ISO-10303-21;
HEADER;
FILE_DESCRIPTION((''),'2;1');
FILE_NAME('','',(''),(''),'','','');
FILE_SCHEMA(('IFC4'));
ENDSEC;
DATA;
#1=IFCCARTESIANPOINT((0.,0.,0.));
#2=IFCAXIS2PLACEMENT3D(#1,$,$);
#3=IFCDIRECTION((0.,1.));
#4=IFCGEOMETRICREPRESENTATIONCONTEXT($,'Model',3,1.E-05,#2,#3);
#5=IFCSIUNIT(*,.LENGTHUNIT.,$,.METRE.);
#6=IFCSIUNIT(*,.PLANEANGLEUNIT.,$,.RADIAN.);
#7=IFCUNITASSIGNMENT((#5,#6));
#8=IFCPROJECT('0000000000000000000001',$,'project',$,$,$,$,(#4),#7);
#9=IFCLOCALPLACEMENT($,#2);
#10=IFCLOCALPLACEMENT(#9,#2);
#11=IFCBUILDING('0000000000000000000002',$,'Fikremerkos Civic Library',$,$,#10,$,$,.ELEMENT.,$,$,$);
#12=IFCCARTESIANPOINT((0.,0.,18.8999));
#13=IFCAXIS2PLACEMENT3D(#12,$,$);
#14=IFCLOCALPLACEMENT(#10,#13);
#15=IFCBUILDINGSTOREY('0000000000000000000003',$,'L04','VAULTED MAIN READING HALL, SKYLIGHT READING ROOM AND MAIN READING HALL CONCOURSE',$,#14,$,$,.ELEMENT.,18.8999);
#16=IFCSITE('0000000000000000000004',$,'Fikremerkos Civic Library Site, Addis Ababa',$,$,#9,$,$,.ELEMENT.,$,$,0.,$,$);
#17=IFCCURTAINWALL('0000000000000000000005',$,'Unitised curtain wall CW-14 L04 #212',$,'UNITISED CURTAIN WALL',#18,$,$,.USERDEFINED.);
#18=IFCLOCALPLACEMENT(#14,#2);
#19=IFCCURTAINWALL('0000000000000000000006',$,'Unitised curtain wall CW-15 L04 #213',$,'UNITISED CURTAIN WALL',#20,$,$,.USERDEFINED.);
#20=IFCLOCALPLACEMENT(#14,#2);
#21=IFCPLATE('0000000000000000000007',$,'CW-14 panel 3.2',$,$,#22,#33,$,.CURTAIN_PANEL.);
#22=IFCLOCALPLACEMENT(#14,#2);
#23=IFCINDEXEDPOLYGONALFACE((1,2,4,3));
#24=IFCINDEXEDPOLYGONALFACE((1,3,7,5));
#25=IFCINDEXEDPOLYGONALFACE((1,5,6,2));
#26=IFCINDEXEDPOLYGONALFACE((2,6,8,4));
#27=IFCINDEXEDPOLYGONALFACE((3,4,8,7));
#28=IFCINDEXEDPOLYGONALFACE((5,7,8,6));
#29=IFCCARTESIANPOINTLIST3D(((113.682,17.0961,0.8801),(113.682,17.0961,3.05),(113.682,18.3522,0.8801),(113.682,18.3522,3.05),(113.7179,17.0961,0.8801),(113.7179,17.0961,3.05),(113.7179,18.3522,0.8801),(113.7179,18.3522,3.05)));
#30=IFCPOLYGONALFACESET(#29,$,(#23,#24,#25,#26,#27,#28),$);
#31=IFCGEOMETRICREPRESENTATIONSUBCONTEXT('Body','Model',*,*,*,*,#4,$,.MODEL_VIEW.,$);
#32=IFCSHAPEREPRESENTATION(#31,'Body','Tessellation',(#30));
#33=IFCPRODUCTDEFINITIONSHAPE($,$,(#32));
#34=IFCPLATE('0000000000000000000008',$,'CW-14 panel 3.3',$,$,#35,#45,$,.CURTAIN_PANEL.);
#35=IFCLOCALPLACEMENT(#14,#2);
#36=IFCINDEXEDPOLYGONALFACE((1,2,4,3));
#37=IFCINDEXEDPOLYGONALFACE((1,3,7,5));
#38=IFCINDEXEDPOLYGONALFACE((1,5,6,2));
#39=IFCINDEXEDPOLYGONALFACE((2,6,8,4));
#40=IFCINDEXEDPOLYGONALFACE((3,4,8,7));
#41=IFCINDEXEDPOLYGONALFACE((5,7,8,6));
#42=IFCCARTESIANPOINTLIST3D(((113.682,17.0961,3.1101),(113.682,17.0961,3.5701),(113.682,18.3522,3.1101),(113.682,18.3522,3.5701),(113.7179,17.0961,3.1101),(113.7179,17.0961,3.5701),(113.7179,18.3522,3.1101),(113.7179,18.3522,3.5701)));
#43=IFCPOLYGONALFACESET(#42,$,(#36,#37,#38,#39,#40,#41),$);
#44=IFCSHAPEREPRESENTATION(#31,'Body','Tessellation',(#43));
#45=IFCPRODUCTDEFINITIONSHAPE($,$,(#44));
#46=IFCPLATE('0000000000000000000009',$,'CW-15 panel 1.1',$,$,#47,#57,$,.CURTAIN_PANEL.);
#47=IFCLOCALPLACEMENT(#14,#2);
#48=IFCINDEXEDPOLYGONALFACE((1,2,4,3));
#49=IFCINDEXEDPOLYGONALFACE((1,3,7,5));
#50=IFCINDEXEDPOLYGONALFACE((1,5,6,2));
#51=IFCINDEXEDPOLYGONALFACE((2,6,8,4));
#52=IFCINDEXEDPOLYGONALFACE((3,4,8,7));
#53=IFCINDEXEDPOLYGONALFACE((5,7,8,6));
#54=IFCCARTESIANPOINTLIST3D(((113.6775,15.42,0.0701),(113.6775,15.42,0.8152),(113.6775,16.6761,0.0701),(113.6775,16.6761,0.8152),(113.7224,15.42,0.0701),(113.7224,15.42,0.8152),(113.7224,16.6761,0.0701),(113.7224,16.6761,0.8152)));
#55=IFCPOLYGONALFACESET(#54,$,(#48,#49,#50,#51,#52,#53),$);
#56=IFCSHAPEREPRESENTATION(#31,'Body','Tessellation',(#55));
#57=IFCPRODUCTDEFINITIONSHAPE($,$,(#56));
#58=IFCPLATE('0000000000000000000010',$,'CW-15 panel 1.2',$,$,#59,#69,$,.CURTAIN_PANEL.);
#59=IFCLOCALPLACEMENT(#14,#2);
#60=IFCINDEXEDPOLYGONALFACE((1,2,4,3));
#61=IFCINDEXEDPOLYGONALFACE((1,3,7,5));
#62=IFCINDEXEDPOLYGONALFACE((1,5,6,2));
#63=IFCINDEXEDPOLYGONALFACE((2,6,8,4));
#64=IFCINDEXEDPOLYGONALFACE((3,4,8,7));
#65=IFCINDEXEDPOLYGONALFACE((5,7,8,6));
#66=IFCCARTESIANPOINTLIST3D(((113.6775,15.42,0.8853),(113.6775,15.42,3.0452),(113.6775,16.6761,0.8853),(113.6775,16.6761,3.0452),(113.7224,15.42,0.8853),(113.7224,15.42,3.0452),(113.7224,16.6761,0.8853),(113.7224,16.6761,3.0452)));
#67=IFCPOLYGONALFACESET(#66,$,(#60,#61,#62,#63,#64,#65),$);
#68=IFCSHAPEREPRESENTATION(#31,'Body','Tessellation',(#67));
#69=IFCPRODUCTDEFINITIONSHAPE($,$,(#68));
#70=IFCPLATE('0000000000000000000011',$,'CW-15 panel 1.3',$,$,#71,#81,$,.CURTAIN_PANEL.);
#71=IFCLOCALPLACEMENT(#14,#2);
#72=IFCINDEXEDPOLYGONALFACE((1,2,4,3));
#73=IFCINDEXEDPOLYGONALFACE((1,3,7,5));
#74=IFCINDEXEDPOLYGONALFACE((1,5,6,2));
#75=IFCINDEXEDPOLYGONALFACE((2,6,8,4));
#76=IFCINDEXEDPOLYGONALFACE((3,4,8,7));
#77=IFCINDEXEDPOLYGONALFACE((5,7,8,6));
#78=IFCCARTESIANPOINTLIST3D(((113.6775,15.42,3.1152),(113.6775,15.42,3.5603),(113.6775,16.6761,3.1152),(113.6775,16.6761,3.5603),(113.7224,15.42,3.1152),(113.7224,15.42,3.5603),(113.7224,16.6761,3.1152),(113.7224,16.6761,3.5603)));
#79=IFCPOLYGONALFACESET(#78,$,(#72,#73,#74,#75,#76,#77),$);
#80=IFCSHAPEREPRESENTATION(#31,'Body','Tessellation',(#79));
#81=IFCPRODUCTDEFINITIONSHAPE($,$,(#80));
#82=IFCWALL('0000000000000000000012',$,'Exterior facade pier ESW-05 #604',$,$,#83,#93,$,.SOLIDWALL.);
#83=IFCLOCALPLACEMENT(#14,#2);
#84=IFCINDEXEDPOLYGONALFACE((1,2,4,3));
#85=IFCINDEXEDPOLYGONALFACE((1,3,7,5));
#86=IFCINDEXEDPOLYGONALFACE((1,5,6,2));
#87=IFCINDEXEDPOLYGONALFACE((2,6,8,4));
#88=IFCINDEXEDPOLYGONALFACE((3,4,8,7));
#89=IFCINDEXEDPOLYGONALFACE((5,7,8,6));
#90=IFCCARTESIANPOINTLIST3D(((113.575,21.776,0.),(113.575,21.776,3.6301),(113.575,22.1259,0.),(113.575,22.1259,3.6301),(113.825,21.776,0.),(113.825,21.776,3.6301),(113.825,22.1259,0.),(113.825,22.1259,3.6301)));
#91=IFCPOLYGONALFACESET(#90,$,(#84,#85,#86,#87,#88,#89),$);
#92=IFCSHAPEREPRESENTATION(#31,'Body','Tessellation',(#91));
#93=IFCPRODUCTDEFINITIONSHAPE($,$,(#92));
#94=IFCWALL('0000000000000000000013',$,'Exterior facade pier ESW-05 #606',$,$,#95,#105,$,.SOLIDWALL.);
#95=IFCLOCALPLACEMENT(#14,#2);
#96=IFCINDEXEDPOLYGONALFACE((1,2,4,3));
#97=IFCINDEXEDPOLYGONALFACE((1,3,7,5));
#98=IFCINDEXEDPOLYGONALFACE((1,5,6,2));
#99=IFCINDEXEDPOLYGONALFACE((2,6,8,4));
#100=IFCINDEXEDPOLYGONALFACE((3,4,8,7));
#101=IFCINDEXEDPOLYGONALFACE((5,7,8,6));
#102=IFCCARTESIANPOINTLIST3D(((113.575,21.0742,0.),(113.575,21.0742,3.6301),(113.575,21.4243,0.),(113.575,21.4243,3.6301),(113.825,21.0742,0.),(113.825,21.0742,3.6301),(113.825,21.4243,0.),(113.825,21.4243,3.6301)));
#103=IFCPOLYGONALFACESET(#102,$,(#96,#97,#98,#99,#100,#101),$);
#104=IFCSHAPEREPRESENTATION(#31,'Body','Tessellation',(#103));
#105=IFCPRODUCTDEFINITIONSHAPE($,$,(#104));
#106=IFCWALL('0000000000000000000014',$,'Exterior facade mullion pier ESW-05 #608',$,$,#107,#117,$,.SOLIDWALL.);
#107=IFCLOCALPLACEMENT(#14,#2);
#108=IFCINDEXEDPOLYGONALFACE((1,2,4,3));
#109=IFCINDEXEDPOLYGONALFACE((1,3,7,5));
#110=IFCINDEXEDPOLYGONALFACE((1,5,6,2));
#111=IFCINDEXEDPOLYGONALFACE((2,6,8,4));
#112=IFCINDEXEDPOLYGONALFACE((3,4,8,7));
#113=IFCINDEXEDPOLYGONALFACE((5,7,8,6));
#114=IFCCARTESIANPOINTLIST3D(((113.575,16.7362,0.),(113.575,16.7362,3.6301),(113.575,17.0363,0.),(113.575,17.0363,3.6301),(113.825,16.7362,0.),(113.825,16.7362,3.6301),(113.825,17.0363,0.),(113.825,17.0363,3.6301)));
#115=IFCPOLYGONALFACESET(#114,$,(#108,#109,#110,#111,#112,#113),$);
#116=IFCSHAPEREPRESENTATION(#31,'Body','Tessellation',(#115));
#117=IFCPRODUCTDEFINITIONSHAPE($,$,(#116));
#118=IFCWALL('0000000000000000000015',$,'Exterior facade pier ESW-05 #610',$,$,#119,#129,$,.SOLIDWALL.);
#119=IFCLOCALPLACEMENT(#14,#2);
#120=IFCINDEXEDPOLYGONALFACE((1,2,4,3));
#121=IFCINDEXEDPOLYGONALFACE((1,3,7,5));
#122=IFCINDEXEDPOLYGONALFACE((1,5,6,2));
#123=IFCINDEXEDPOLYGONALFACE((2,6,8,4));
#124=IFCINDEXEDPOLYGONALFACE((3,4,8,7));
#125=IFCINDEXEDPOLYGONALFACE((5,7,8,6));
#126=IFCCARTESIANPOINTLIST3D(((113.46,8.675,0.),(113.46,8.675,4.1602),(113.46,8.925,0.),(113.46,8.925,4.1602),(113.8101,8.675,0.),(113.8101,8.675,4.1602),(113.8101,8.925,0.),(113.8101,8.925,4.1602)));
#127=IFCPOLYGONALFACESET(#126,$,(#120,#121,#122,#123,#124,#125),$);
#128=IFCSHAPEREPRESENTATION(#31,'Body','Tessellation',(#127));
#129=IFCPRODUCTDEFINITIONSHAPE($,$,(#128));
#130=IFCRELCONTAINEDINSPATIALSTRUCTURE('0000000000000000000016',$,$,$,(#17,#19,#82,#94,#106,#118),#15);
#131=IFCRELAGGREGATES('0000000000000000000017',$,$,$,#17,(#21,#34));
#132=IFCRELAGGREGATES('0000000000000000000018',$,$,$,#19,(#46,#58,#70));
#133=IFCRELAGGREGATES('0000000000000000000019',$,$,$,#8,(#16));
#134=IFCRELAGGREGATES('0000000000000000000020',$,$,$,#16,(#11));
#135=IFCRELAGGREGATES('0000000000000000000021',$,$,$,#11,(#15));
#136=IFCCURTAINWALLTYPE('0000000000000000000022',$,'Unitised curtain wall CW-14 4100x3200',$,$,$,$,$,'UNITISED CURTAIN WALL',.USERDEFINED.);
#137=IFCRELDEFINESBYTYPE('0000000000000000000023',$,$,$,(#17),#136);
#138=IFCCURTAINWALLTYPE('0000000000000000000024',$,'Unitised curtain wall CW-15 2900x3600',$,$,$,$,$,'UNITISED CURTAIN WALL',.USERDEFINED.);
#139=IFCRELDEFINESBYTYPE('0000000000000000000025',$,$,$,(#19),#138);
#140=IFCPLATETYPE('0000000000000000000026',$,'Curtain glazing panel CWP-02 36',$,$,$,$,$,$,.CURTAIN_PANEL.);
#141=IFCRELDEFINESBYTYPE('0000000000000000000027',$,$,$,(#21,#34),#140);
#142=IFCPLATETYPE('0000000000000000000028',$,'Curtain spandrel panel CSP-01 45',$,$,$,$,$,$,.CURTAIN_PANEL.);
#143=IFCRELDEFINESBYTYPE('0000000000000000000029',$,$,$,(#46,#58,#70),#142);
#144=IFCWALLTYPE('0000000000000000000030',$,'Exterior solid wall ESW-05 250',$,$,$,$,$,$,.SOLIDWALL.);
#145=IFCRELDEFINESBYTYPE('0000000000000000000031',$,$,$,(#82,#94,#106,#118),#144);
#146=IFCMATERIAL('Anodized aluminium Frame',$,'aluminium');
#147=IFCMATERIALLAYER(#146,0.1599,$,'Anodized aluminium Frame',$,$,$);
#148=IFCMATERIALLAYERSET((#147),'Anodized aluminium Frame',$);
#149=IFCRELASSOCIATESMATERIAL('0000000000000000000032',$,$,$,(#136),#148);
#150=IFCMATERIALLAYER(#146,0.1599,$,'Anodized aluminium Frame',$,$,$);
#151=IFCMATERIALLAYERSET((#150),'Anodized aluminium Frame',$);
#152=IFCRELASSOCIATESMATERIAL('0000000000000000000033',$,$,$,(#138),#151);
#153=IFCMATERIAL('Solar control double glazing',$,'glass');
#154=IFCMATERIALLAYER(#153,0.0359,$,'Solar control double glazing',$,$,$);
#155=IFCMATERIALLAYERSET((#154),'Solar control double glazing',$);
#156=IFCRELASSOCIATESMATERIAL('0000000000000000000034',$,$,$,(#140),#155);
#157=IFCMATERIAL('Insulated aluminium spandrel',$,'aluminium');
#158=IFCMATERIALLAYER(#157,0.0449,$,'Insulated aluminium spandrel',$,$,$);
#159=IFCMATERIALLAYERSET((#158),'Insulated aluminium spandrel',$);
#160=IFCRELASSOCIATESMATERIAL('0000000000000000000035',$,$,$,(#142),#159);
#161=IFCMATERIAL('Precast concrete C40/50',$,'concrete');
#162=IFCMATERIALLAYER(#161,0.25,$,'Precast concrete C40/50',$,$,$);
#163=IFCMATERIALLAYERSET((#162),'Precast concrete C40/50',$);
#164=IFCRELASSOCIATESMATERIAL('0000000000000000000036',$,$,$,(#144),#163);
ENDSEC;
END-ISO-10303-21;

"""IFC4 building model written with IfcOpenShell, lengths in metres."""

from ifc_helpers import new_model, si_unit, direction, frame, frame_2d, origin, origin_2d, place, context, subcontext, project, spatial, rectangle, extrude, material, layer, layer_set, type_object, element, aggregate, save


model = new_model("IFC4")

# Units and contexts
model_context = context("Model", 3, precision=1e-05, world=origin(), true_north=direction((0.0, 1.0)))
body_context = subcontext(model_context, "Body", "Model", "MODEL_VIEW")
ifc_project = project(units=[si_unit("LENGTHUNIT", "METRE"), si_unit("PLANEANGLEUNIT", "RADIAN")], contexts=[model_context])

# Site, building, storey
site_placement = place(None, origin())
site = spatial("IfcSite", under=ifc_project, at=site_placement, Name="Fikremerkos Civic Library Site, Addis Ababa", CompositionType="ELEMENT", RefElevation=0.0)
building_placement = place(site_placement, origin())
building = spatial("IfcBuilding", under=site, at=building_placement, Name="Fikremerkos Civic Library", CompositionType="ELEMENT")
storey_placement = place(building_placement, frame((0.0, 0.0, 18.8999)))
storey = spatial("IfcBuildingStorey", under=building, at=storey_placement, Name="L04", Description="VAULTED MAIN READING HALL, SKYLIGHT READING ROOM AND MAIN READING HALL CONCOURSE", CompositionType="ELEMENT", Elevation=18.8999)

# Curtain wall
ifc_material_1 = material(Name="Anodized aluminium Frame", Category="aluminium")
ifc_layer_1 = layer(ifc_material_1, 0.1599, Name="Anodized aluminium Frame")
ifc_layer_set_1 = layer_set([ifc_layer_1], Name="Anodized aluminium Frame")
curtain_wall_type_1 = type_object("IfcCurtainWallType", Name="Unitised curtain wall CW-14 4100x3200", ElementType="UNITISED CURTAIN WALL", PredefinedType="USERDEFINED", material=ifc_layer_set_1)
curtain_wall_1_placement = place(storey_placement, origin())
curtain_wall_1 = element("IfcCurtainWall", 1, at=curtain_wall_1_placement, inside=storey, type_object=curtain_wall_type_1, Name="Unitised curtain wall CW-14 L04 #212", ObjectType="UNITISED CURTAIN WALL", PredefinedType="USERDEFINED")

# Curtain wall
ifc_layer_2 = layer(ifc_material_1, 0.1599, Name="Anodized aluminium Frame")
ifc_layer_set_2 = layer_set([ifc_layer_2], Name="Anodized aluminium Frame")
curtain_wall_type_2 = type_object("IfcCurtainWallType", Name="Unitised curtain wall CW-15 2900x3600", ElementType="UNITISED CURTAIN WALL", PredefinedType="USERDEFINED", material=ifc_layer_set_2)
curtain_wall_2_placement = place(storey_placement, origin())
curtain_wall_2 = element("IfcCurtainWall", 2, at=curtain_wall_2_placement, inside=storey, type_object=curtain_wall_type_2, Name="Unitised curtain wall CW-15 L04 #213", ObjectType="UNITISED CURTAIN WALL", PredefinedType="USERDEFINED")

# Plates
ifc_material_2 = material(Name="Solar control double glazing", Category="glass")
ifc_layer_3 = layer(ifc_material_2, 0.0359, Name="Solar control double glazing")
ifc_layer_set_3 = layer_set([ifc_layer_3], Name="Solar control double glazing")
plate_type_1 = type_object("IfcPlateType", Name="Curtain glazing panel CWP-02 36", PredefinedType="CURTAIN_PANEL", material=ifc_layer_set_3)
plate_1_placement = place(storey_placement, frame((113.7, 17.7241, 0.8801), z_axis=(0.0, 0.0, 1.0), x_axis=(0.0, -1.0, 0.0)))
plate_1 = element("IfcPlate", 3, at=plate_1_placement, type_object=plate_type_1, Name="CW-14 panel 3.2", PredefinedType="CURTAIN_PANEL", context=body_context, shape_type="SweptSolid", body=[
    extrude(rectangle(XDim=1.2561, YDim=0.0359, at=origin_2d()), origin(), (0.0, 0.0, 1.0), 2.1699),
])
plate_2_placement = place(storey_placement, frame((113.7, 17.7241, 3.1101), z_axis=(0.0, 0.0, 1.0), x_axis=(0.0, -1.0, 0.0)))
plate_2 = element("IfcPlate", 4, at=plate_2_placement, type_object=plate_type_1, Name="CW-14 panel 3.3", PredefinedType="CURTAIN_PANEL", context=body_context, shape_type="SweptSolid", body=[
    extrude(rectangle(XDim=1.2561, YDim=0.0359, at=origin_2d()), origin(), (0.0, 0.0, 1.0), 0.46),
])
aggregate(curtain_wall_1, [plate_1, plate_2])
ifc_material_3 = material(Name="Insulated aluminium spandrel", Category="aluminium")
ifc_layer_4 = layer(ifc_material_3, 0.0449, Name="Insulated aluminium spandrel")
ifc_layer_set_4 = layer_set([ifc_layer_4], Name="Insulated aluminium spandrel")
plate_type_2 = type_object("IfcPlateType", Name="Curtain spandrel panel CSP-01 45", PredefinedType="CURTAIN_PANEL", material=ifc_layer_set_4)
plate_3_placement = place(storey_placement, frame((113.7, 16.0481, 0.0701), z_axis=(0.0, 0.0, 1.0), x_axis=(0.0, -1.0, 0.0)))
plate_3 = element("IfcPlate", 5, at=plate_3_placement, type_object=plate_type_2, Name="CW-15 panel 1.1", PredefinedType="CURTAIN_PANEL", context=body_context, shape_type="SweptSolid", body=[
    extrude(rectangle(XDim=1.2561, YDim=0.0449, at=origin_2d()), origin(), (0.0, 0.0, 1.0), 0.7451),
])
plate_4_placement = place(storey_placement, frame((113.7, 16.0481, 0.8853), z_axis=(0.0, 0.0, 1.0), x_axis=(0.0, -1.0, 0.0)))
plate_4 = element("IfcPlate", 6, at=plate_4_placement, type_object=plate_type_2, Name="CW-15 panel 1.2", PredefinedType="CURTAIN_PANEL", context=body_context, shape_type="SweptSolid", body=[
    extrude(rectangle(XDim=1.2561, YDim=0.0449, at=origin_2d()), origin(), (0.0, 0.0, 1.0), 2.1599),
])
plate_5_placement = place(storey_placement, frame((113.7, 16.0481, 3.1152), z_axis=(0.0, 0.0, 1.0), x_axis=(0.0, -1.0, 0.0)))
plate_5 = element("IfcPlate", 7, at=plate_5_placement, type_object=plate_type_2, Name="CW-15 panel 1.3", PredefinedType="CURTAIN_PANEL", context=body_context, shape_type="SweptSolid", body=[
    extrude(rectangle(XDim=1.2561, YDim=0.0449, at=origin_2d()), origin(), (0.0, 0.0, 1.0), 0.4451),
])
aggregate(curtain_wall_2, [plate_3, plate_4, plate_5])

# Walls
ifc_material_4 = material(Name="Precast concrete C40/50", Category="concrete")
ifc_layer_5 = layer(ifc_material_4, 0.25, Name="Precast concrete C40/50")
ifc_layer_set_5 = layer_set([ifc_layer_5], Name="Precast concrete C40/50")
wall_type = type_object("IfcWallType", Name="Exterior solid wall ESW-05 250", PredefinedType="SOLIDWALL", material=ifc_layer_set_5)
wall_1_placement = place(storey_placement, frame((113.7, 22.1257, 0.0), z_axis=(0.0, 0.0, 1.0), x_axis=(0.0, -1.0, 0.0)))
element("IfcWall", 8, at=wall_1_placement, inside=storey, type_object=wall_type, Name="Exterior facade pier ESW-05 #604", PredefinedType="SOLIDWALL", context=body_context, shape_type="SweptSolid", body=[
    extrude(rectangle(XDim=0.3499, YDim=0.25, at=frame_2d((0.1748, 0.0))), origin(), (0.0, 0.0, 1.0), 3.6301),
])
wall_2_placement = place(storey_placement, frame((113.7, 21.4243, 0.0), z_axis=(0.0, 0.0, 1.0), x_axis=(0.0, -1.0, 0.0)))
element("IfcWall", 9, at=wall_2_placement, inside=storey, type_object=wall_type, Name="Exterior facade pier ESW-05 #606", PredefinedType="SOLIDWALL", context=body_context, shape_type="SweptSolid", body=[
    extrude(rectangle(XDim=0.3501, YDim=0.25, at=frame_2d((0.175, 0.0))), origin(), (0.0, 0.0, 1.0), 3.6301),
])
wall_3_placement = place(storey_placement, frame((113.7, 17.0361, 0.0), z_axis=(0.0, 0.0, 1.0), x_axis=(0.0, -1.0, 0.0)))
element("IfcWall", 10, at=wall_3_placement, inside=storey, type_object=wall_type, Name="Exterior facade mullion pier ESW-05 #608", PredefinedType="SOLIDWALL", context=body_context, shape_type="SweptSolid", body=[
    extrude(rectangle(XDim=0.3, YDim=0.25, at=frame_2d((0.1499, 0.0))), origin(), (0.0, 0.0, 1.0), 3.6301),
])
wall_4_placement = place(storey_placement, frame((113.8101, 8.8, 0.0), z_axis=(0.0, 0.0, 1.0), x_axis=(-1.0, 0.0, 0.0)))
element("IfcWall", 11, at=wall_4_placement, inside=storey, type_object=wall_type, Name="Exterior facade pier ESW-05 #610", PredefinedType="SOLIDWALL", context=body_context, shape_type="SweptSolid", body=[
    extrude(rectangle(XDim=0.3501, YDim=0.25, at=frame_2d((0.175, 0.0))), origin(), (0.0, 0.0, 1.0), 4.1602),
])

save(model, "model.ifc")
